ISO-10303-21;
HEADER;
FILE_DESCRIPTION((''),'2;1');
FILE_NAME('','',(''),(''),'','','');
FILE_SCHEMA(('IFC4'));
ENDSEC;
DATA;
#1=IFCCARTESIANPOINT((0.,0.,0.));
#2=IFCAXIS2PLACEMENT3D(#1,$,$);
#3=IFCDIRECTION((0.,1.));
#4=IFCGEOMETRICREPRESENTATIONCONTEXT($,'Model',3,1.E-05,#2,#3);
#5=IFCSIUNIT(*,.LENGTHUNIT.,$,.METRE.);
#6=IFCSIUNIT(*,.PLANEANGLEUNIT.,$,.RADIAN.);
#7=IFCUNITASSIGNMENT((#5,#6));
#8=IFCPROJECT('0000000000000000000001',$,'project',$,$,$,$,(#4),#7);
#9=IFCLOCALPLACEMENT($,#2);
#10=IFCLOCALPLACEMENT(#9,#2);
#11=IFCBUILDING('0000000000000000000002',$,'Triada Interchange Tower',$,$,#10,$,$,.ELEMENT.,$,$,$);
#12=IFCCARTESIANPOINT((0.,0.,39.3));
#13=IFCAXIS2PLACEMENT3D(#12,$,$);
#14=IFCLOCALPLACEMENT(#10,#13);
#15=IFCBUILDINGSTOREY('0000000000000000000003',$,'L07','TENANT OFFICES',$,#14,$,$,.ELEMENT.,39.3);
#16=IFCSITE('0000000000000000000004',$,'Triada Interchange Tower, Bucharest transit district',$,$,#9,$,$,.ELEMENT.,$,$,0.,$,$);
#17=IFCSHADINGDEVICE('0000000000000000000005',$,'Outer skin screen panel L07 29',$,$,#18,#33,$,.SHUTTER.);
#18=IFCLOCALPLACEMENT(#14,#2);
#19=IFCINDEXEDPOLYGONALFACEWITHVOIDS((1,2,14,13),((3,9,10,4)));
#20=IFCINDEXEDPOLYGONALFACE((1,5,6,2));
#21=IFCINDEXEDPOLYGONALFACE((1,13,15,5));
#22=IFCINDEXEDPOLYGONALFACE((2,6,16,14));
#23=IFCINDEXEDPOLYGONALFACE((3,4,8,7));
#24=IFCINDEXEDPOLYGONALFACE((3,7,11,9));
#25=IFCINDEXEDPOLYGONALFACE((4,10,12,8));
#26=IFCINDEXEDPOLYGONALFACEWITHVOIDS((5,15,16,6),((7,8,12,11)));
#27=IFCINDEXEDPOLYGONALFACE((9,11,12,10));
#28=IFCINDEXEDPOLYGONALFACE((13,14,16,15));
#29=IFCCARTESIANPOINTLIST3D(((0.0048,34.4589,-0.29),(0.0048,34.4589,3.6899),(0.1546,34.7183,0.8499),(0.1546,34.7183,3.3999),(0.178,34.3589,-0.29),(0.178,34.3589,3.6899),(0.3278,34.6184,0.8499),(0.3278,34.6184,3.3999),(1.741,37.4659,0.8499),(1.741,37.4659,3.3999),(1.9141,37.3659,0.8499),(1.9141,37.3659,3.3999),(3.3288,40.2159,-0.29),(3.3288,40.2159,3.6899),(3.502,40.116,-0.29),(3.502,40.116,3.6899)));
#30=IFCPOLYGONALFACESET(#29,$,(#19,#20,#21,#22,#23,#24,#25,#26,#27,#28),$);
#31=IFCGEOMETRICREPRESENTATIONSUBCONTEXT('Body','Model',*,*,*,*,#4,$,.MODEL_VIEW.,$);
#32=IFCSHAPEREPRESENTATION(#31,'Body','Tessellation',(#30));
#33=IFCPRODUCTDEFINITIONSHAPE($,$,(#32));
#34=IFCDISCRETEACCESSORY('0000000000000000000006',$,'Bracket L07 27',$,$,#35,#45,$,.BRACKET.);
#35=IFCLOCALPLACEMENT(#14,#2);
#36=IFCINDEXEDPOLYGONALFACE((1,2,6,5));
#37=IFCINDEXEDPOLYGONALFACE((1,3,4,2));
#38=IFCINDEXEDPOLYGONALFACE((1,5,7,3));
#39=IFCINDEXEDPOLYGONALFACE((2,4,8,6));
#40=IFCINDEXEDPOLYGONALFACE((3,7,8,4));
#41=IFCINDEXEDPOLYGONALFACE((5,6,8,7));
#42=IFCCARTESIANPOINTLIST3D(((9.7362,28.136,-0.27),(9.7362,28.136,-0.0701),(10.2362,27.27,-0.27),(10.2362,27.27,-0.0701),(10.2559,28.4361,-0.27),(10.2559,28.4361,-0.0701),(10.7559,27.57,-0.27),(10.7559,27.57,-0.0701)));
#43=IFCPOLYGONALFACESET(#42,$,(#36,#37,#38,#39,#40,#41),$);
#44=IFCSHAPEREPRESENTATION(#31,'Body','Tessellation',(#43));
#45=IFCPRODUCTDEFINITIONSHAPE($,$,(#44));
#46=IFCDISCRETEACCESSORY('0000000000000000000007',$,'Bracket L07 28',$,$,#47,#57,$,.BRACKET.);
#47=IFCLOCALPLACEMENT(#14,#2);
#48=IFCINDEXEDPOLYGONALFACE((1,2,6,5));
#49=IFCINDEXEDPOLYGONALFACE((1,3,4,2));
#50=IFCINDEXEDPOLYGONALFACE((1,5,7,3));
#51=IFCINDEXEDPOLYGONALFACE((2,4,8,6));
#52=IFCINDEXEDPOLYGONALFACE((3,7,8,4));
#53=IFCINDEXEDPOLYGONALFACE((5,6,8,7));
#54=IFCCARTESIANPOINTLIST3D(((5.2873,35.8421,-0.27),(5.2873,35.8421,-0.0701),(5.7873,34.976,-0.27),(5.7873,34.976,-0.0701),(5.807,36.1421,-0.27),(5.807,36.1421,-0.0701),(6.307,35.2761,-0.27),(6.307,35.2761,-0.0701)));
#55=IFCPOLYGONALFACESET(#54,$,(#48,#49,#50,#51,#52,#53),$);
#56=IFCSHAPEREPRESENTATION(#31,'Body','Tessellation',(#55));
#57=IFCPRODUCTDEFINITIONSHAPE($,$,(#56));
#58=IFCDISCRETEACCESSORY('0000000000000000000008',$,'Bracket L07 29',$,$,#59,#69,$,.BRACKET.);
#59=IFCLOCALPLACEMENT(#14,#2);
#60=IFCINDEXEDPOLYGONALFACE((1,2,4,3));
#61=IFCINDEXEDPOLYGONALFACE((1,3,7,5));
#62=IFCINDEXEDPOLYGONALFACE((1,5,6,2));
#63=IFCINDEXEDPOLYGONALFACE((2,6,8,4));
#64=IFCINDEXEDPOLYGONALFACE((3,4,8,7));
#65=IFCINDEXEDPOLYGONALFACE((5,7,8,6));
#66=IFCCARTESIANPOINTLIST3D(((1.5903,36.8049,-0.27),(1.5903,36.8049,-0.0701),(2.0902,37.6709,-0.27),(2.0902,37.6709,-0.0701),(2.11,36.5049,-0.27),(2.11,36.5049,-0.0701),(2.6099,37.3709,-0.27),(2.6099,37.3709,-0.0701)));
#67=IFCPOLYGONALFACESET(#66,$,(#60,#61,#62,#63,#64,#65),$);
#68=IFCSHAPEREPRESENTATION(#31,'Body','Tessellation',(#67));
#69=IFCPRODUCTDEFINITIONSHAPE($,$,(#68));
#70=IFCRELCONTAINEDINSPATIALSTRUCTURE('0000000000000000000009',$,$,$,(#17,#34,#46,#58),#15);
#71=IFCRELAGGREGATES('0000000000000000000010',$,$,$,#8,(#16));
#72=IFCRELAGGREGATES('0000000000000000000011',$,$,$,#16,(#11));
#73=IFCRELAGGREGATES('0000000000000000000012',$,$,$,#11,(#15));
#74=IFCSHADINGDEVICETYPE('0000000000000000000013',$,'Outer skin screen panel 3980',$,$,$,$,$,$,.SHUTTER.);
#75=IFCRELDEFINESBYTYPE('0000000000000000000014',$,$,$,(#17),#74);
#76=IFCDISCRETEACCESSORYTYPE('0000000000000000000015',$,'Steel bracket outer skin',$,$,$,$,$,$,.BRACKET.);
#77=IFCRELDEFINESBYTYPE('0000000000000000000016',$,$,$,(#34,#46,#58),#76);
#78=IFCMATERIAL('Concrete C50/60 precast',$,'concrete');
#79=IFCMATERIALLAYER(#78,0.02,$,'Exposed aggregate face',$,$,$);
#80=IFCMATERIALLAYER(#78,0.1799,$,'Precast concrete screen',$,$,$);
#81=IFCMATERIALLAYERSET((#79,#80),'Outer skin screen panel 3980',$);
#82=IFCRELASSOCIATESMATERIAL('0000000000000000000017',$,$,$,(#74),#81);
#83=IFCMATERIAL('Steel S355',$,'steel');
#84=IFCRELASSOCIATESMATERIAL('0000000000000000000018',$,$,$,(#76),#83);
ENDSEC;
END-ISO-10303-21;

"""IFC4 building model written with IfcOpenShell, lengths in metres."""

from ifc_helpers import new_model, si_unit, direction, frame, origin, origin_2d, place, context, subcontext, project, spatial, polyline, rectangle, outline, extrude, material, layer, layer_set, type_object, element, save


model = new_model("IFC4")

# Units and contexts
model_context = context("Model", 3, precision=1e-05, world=origin(), true_north=direction((0.0, 1.0)))
body_context = subcontext(model_context, "Body", "Model", "MODEL_VIEW")
ifc_project = project(units=[si_unit("LENGTHUNIT", "METRE"), si_unit("PLANEANGLEUNIT", "RADIAN")], contexts=[model_context])

# Site, building, storey
site_placement = place(None, origin())
site = spatial("IfcSite", under=ifc_project, at=site_placement, Name="Triada Interchange Tower, Bucharest transit district", CompositionType="ELEMENT", RefElevation=0.0)
building_placement = place(site_placement, origin())
building = spatial("IfcBuilding", under=site, at=building_placement, Name="Triada Interchange Tower", CompositionType="ELEMENT")
storey_placement = place(building_placement, frame((0.0, 0.0, 39.3)))
storey = spatial("IfcBuildingStorey", under=building, at=storey_placement, Name="L07", Description="TENANT OFFICES", CompositionType="ELEMENT", Elevation=39.3)

# Shading device
ifc_material_1 = material(Name="Concrete C50/60 precast", Category="concrete")
ifc_layer_1 = layer(ifc_material_1, 0.02, Name="Exposed aggregate face")
ifc_layer_2 = layer(ifc_material_1, 0.1799, Name="Precast concrete screen")
ifc_layer_set_1 = layer_set([ifc_layer_1, ifc_layer_2], Name="Outer skin screen panel 3980")
shading_device_type = type_object("IfcShadingDeviceType", Name="Outer skin screen panel 3980", PredefinedType="SHUTTER", material=ifc_layer_set_1)
shading_device_1_placement = place(storey_placement, frame((3.502, 40.116, -0.29), z_axis=(0.0, 0.0, 1.0), x_axis=(-0.500014, -0.866017, 0.0)))
element("IfcShadingDevice", 1, at=shading_device_1_placement, inside=storey, type_object=shading_device_type, Name="Outer skin screen panel L07 29", PredefinedType="SHUTTER", context=body_context, shape_type="SweptSolid", body=[
    extrude(outline(polyline([(0.0, 0.0), (6.6477, 0.0), (6.6477, 3.98), (0.0, 3.98), (0.0, 0.0)]), holes=[polyline([(3.1755, 1.1399), (3.1755, 3.6899), (6.3481, 3.6899), (6.3481, 1.1399), (3.1755, 1.1399)])]), frame((0.0, 0.0, 0.0), z_axis=(0.0, -1.0, 0.0), x_axis=(1.0, 0.0, 0.0)), (0.0, 0.0, 1.0), 0.2),
])

# Discrete accessories
ifc_material_2 = material(Name="Steel S355", Category="steel")
discrete_accessory_type = type_object("IfcDiscreteAccessoryType", Name="Steel bracket outer skin", PredefinedType="BRACKET", material=ifc_material_2)
for number, where, z_axis, x_axis, name in (
    (2, (10.2461, 27.853, -0.27), (0.0, 0.0, 1.0), (0.866021, 0.500008, 0.0), "Bracket L07 27"),
    (3, (5.7971, 35.5591, -0.27), (0.0, 0.0, 1.0), (0.866021, 0.500008, 0.0), "Bracket L07 28"),
    (4, (2.1001, 37.0879, -0.27), (0.0, 0.0, 1.0), (-0.86605, 0.499957, 0.0), "Bracket L07 29"),
):
    element("IfcDiscreteAccessory", number, at=place(storey_placement, frame(where, z_axis=z_axis, x_axis=x_axis)), inside=storey, type_object=discrete_accessory_type, Name=name, PredefinedType="BRACKET", context=body_context, shape_type="SweptSolid", body=[
        extrude(rectangle(XDim=0.6001, YDim=1.0, at=origin_2d()), origin(), (0.0, 0.0, 1.0), 0.2),
    ])

save(model, "model.ifc")
